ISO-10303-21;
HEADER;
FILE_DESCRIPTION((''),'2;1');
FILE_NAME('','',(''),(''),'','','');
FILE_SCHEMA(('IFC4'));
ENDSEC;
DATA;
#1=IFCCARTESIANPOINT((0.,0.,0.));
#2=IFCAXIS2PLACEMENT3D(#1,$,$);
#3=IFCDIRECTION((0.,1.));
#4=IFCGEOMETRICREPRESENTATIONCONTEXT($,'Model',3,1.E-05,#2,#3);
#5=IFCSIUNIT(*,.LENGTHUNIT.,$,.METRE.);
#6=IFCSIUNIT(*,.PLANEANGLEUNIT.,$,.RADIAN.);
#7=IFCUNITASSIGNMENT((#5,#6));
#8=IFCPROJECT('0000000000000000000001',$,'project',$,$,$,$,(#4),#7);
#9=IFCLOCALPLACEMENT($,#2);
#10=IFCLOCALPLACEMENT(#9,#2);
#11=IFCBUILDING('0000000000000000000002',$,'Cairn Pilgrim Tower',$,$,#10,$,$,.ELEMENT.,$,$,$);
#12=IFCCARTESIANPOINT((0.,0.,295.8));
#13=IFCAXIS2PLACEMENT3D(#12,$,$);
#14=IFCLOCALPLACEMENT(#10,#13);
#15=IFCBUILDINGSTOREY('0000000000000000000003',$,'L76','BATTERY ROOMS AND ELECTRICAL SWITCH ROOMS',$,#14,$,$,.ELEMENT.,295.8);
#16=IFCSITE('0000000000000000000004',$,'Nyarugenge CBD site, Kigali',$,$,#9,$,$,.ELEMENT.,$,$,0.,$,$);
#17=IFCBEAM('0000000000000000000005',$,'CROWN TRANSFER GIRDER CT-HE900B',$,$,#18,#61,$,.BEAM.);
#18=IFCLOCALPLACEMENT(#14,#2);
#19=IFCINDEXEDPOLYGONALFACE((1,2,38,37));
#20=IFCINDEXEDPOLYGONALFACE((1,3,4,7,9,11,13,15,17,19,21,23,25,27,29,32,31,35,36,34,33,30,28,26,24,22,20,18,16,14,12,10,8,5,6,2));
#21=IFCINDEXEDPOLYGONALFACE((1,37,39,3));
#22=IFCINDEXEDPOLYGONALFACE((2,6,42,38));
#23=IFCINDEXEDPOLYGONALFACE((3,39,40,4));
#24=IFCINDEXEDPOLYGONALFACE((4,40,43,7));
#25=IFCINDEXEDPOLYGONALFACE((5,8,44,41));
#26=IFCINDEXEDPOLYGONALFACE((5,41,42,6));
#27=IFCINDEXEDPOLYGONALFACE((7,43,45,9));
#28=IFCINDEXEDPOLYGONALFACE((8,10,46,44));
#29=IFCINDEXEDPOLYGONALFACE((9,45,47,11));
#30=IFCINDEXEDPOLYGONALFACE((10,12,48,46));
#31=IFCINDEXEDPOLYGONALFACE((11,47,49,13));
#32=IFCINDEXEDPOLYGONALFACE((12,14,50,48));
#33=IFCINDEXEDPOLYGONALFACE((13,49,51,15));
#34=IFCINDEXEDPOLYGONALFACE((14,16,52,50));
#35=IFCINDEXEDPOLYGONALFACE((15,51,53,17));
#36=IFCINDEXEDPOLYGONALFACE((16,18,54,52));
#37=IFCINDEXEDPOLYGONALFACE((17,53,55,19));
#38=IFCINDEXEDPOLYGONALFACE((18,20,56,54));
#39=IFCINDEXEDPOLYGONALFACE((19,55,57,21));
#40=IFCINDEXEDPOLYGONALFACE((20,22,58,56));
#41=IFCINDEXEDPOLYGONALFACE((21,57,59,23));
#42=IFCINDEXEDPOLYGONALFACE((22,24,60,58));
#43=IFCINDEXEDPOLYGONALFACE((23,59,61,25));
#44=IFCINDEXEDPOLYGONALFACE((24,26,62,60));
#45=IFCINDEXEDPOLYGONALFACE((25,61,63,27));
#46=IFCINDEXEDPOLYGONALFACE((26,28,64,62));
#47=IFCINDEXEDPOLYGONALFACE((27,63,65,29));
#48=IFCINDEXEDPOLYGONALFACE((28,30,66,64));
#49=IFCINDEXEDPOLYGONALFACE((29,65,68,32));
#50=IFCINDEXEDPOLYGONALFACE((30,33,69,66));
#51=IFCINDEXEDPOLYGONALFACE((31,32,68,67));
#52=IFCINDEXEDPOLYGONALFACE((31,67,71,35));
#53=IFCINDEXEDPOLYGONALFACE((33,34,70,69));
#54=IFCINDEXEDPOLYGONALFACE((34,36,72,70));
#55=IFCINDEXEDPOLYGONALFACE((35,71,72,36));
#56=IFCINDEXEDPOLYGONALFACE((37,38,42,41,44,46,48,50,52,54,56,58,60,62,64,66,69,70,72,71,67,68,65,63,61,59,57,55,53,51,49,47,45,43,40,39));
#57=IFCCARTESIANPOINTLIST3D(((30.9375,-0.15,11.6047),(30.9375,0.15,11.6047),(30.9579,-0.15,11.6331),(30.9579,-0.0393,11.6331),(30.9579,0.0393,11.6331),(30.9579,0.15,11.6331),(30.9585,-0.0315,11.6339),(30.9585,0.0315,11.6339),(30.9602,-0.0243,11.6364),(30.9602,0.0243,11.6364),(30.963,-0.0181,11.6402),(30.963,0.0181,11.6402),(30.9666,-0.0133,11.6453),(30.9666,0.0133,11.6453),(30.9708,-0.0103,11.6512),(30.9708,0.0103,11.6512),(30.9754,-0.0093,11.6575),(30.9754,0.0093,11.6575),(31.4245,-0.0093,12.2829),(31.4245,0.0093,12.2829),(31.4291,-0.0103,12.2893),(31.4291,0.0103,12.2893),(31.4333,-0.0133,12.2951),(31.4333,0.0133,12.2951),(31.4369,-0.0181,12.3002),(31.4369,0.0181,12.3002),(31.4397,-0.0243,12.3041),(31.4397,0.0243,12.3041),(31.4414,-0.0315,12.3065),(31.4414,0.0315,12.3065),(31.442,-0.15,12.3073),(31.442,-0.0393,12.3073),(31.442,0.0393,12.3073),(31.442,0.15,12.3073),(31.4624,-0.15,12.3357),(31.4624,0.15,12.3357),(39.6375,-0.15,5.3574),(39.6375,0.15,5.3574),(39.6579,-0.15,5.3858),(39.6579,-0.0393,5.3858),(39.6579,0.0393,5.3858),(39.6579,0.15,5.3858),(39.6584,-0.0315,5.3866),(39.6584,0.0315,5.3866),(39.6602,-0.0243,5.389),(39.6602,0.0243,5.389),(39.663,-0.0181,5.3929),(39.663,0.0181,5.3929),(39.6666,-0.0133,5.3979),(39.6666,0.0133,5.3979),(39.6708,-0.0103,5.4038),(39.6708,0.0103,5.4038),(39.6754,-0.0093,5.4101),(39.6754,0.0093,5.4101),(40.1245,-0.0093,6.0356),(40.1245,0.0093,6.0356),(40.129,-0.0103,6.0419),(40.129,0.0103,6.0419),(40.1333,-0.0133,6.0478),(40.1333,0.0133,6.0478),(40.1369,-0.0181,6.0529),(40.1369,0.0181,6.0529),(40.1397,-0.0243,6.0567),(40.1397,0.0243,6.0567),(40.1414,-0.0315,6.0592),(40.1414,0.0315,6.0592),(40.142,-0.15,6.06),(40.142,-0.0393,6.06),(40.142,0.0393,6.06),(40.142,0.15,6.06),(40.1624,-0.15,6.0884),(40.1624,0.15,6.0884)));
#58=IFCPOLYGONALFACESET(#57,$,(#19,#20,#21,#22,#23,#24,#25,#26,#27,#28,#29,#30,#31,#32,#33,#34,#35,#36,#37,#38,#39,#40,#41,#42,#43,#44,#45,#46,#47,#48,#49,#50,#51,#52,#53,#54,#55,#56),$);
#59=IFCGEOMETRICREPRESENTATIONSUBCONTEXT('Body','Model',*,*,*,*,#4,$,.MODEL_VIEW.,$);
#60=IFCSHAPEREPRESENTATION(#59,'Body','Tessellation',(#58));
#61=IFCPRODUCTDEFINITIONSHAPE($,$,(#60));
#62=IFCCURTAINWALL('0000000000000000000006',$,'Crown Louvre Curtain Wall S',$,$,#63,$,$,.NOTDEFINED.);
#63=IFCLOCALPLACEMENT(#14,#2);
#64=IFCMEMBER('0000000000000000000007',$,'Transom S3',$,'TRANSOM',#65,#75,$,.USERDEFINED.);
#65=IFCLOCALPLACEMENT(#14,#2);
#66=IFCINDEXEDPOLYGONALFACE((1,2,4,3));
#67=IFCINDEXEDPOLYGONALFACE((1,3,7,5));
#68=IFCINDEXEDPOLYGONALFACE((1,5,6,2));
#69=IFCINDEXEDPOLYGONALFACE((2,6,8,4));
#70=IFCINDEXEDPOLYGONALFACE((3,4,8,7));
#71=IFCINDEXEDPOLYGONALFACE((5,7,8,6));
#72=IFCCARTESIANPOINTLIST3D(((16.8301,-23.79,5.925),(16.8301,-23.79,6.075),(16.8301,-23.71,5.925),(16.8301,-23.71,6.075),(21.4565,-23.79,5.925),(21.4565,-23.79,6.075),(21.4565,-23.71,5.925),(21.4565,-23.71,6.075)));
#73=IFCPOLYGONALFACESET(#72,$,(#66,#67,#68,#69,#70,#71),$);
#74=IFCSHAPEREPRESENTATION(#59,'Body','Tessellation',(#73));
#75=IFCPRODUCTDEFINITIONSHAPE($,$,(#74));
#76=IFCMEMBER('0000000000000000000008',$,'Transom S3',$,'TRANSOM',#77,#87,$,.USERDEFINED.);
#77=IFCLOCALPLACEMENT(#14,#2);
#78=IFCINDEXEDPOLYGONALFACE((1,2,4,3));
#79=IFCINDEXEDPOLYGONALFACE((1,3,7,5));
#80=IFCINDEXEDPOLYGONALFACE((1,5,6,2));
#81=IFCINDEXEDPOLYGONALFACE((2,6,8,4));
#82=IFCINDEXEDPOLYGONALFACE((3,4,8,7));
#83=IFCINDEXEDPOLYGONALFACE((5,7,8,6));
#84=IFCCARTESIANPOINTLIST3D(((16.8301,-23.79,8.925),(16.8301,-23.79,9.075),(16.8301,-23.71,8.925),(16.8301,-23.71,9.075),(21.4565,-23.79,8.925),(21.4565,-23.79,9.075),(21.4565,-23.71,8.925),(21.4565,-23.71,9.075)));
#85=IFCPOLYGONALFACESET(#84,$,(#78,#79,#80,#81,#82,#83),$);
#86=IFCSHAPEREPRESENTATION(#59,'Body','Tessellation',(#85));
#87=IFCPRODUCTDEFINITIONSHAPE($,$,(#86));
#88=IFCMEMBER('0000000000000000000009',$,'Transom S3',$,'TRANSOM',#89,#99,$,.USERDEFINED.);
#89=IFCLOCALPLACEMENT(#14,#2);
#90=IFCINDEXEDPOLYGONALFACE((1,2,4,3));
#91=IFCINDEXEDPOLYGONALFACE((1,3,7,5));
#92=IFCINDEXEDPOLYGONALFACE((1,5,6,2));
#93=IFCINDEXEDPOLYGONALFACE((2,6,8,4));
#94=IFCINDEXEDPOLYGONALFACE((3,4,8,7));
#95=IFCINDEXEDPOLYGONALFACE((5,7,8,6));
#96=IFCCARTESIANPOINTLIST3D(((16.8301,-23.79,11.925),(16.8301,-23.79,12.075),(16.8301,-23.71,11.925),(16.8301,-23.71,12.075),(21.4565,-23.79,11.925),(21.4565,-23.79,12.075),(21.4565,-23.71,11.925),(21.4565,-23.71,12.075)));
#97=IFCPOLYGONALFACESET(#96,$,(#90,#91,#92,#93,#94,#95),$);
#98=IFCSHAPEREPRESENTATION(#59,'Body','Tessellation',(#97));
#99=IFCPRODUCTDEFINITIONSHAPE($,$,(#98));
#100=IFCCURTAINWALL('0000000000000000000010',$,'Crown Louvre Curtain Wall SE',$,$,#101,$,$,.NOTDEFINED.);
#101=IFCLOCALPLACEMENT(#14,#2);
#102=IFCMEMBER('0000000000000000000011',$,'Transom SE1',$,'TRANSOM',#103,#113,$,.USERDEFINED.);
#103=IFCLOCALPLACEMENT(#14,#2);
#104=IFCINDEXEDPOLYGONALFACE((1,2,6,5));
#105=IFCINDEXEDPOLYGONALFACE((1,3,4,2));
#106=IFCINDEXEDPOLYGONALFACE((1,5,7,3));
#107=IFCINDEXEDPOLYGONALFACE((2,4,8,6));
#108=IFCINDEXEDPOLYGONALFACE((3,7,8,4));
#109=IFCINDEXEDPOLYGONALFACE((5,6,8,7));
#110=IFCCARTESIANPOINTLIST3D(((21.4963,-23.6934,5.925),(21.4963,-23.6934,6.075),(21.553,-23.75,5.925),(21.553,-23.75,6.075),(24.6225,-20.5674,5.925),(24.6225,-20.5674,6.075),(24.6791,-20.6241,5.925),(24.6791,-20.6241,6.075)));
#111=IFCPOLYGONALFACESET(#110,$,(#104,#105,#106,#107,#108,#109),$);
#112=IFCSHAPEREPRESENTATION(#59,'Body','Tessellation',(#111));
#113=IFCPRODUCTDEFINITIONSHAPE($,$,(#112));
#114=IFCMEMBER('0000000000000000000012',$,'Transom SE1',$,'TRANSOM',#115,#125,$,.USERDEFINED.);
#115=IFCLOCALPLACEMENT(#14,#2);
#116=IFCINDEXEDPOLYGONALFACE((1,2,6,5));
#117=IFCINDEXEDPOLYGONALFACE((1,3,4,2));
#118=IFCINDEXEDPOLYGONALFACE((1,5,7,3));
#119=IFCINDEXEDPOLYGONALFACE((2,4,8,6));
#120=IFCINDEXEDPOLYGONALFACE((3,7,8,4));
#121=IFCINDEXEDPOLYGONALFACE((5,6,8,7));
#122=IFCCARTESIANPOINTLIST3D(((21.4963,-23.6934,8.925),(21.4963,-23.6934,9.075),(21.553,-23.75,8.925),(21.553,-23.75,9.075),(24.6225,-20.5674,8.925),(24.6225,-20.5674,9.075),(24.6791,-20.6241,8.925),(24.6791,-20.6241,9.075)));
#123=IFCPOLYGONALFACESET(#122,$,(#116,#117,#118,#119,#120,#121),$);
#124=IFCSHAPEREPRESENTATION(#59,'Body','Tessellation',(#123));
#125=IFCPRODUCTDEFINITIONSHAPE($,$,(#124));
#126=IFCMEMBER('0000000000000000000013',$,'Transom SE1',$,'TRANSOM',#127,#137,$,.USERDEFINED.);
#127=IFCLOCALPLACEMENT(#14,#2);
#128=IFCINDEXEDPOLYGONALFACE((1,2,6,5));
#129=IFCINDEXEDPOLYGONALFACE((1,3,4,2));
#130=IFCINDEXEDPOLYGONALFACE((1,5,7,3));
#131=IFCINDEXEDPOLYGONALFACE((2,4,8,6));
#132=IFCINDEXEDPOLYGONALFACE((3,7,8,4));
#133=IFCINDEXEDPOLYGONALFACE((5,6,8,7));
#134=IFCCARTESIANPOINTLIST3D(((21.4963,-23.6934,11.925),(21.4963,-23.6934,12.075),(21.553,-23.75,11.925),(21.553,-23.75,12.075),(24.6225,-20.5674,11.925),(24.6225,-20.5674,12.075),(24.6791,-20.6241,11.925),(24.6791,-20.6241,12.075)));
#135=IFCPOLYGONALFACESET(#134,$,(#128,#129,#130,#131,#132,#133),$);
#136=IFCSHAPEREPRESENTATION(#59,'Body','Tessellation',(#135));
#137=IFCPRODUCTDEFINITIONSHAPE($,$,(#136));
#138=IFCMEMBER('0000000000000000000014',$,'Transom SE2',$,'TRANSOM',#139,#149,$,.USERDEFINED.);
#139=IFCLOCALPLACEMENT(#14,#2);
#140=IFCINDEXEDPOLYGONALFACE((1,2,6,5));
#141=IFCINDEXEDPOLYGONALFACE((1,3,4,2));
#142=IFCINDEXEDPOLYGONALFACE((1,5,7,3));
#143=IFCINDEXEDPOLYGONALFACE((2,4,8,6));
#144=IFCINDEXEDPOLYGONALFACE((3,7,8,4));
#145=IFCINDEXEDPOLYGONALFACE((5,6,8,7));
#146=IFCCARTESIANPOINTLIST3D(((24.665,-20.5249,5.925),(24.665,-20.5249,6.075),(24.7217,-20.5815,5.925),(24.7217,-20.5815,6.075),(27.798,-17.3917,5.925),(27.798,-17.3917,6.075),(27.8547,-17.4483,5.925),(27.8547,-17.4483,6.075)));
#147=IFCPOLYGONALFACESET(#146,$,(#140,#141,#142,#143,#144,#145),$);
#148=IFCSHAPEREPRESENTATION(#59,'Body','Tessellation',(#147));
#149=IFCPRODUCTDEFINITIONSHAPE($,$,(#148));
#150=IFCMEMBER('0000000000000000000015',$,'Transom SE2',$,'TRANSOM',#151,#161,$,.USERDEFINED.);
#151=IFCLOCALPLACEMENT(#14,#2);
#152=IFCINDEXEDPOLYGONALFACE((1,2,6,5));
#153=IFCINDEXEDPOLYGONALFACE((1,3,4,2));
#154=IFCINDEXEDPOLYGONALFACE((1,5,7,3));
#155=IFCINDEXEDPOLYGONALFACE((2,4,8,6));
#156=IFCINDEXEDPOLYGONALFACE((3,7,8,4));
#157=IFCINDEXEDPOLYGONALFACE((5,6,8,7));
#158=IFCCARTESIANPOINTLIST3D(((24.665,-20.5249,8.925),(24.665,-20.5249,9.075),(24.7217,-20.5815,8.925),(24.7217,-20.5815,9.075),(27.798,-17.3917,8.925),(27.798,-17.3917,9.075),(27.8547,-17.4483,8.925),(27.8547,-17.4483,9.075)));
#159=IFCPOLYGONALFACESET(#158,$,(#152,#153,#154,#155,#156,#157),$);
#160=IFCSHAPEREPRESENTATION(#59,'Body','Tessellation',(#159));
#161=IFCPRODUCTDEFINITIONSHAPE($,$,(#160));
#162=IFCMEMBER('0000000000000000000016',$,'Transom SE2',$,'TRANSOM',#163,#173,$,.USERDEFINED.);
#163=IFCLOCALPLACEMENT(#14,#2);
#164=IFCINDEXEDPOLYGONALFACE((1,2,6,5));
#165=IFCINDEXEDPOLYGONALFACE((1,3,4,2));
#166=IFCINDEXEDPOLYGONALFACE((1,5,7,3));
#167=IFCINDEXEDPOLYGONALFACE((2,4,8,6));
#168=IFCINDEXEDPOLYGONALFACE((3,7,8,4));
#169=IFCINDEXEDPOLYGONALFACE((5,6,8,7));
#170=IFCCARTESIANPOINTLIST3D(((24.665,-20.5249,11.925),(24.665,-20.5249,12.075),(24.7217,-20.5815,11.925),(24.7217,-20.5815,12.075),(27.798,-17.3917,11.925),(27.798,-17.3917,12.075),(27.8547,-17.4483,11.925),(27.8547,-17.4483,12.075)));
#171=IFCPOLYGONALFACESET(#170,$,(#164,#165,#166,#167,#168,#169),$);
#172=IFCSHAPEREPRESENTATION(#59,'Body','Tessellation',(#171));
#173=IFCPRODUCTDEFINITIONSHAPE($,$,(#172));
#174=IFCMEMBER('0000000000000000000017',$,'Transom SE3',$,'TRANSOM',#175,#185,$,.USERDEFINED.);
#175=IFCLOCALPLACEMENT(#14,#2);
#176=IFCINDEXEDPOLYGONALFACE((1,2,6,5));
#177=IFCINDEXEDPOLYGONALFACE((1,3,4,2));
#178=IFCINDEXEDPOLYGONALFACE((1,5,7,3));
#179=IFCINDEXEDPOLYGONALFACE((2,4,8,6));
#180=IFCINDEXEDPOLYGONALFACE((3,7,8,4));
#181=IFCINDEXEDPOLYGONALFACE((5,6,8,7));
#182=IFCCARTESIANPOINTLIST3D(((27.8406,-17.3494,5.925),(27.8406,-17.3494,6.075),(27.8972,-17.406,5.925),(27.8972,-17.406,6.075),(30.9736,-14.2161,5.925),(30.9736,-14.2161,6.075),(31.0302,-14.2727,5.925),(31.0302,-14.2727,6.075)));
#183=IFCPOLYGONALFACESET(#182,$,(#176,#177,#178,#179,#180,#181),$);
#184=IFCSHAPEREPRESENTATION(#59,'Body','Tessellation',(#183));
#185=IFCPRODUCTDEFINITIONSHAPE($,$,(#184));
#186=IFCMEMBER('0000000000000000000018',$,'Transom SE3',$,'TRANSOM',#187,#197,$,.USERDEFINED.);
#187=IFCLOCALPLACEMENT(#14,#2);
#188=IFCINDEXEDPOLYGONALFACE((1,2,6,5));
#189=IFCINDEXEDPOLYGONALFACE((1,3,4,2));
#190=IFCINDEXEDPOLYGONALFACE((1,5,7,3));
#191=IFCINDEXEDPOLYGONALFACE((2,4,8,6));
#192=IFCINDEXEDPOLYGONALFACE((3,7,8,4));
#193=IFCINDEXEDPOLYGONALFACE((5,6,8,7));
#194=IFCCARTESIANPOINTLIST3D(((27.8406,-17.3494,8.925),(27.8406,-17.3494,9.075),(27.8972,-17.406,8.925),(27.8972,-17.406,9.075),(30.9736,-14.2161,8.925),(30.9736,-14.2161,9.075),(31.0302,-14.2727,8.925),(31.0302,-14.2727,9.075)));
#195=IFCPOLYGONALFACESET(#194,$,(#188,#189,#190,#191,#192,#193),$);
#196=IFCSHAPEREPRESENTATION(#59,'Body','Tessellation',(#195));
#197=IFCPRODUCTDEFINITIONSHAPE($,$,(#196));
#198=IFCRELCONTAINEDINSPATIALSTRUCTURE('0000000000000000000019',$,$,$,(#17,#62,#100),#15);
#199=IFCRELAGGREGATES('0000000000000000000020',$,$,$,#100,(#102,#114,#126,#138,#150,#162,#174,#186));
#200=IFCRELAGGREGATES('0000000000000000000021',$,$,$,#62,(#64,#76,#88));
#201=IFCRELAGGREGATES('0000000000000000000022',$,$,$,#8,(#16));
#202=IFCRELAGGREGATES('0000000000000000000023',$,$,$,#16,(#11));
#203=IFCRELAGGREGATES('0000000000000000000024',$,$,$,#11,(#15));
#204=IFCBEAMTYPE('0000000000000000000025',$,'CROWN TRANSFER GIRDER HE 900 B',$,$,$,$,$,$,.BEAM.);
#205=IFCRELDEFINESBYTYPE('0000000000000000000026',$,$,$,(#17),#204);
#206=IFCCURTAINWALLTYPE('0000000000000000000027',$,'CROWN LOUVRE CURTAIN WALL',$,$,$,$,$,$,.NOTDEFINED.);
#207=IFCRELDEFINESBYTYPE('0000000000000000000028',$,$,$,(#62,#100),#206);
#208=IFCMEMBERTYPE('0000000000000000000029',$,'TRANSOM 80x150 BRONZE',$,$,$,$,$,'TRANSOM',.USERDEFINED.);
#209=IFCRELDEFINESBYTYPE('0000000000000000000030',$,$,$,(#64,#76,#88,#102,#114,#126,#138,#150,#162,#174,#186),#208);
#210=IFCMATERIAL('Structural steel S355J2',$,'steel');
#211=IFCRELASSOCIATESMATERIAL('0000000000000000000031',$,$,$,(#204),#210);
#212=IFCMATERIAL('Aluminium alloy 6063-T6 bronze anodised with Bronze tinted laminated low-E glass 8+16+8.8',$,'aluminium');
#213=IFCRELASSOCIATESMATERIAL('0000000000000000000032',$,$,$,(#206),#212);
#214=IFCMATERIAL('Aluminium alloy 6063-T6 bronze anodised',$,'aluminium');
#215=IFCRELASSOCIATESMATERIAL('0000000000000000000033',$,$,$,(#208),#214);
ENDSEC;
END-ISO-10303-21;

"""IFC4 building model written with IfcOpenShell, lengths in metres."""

from ifc_helpers import new_model, si_unit, direction, frame, origin, origin_2d, place, context, subcontext, project, spatial, rectangle, i_section, extrude, material, material_profile, profile_set, type_object, element, aggregate, save


model = new_model("IFC4")

# Units and contexts
model_context = context("Model", 3, precision=1e-05, world=origin(), true_north=direction((0.0, 1.0)))
body_context = subcontext(model_context, "Body", "Model", "MODEL_VIEW")
ifc_project = project(units=[si_unit("LENGTHUNIT", "METRE"), si_unit("PLANEANGLEUNIT", "RADIAN")], contexts=[model_context])

# Site, building, storey
site_placement = place(None, origin())
site = spatial("IfcSite", under=ifc_project, at=site_placement, Name="Nyarugenge CBD site, Kigali", CompositionType="ELEMENT", RefElevation=0.0)
building_placement = place(site_placement, origin())
building = spatial("IfcBuilding", under=site, at=building_placement, Name="Cairn Pilgrim Tower", CompositionType="ELEMENT")
storey_placement = place(building_placement, frame((0.0, 0.0, 295.8)))
storey = spatial("IfcBuildingStorey", under=building, at=storey_placement, Name="L76", Description="BATTERY ROOMS AND ELECTRICAL SWITCH ROOMS", CompositionType="ELEMENT", Elevation=295.8)

# Beam
ifc_material_1 = material(Name="Structural steel S355J2", Category="steel")
ifc_material_profile_1 = material_profile(ifc_material_1, i_section(OverallWidth=0.3, OverallDepth=0.8999, WebThickness=0.0186, FlangeThickness=0.0349, FilletRadius=0.03, at=origin_2d()), Name="HEB 900")
ifc_profile_set_1 = profile_set([ifc_material_profile_1], Name="Structural steel S355J2")
beam_type_1 = type_object("IfcBeamType", Name="CROWN TRANSFER GIRDER HE 900 B", PredefinedType="BEAM", material=ifc_profile_set_1)
beam_1_placement = place(storey_placement, frame((31.2, 0.0, 11.9702), z_axis=(0.812271, 0.0, -0.58328), x_axis=(0.0, 1.0, 0.0)))
element("IfcBeam", 1, at=beam_1_placement, inside=storey, type_object=beam_type_1, Name="CROWN TRANSFER GIRDER CT-HE900B", PredefinedType="BEAM", context=body_context, shape_type="SweptSolid", body=[
    extrude(i_section(OverallWidth=0.3, OverallDepth=0.8999, WebThickness=0.0186, FlangeThickness=0.0349, FilletRadius=0.03, at=origin_2d()), origin(), (0.0, 0.0, 1.0), 10.7107),
])

# Curtain walls, members
ifc_material_2 = material(Name="Aluminium alloy 6063-T6 bronze anodised with Bronze tinted laminated low-E glass 8+16+8.8", Category="aluminium")
curtain_wall_type = type_object("IfcCurtainWallType", Name="CROWN LOUVRE CURTAIN WALL", PredefinedType="NOTDEFINED", material=ifc_material_2)
curtain_wall_1_placement = place(storey_placement, origin())
curtain_wall_1 = element("IfcCurtainWall", 2, at=curtain_wall_1_placement, inside=storey, type_object=curtain_wall_type, Name="Crown Louvre Curtain Wall S", PredefinedType="NOTDEFINED")
ifc_material_3 = material(Name="Aluminium alloy 6063-T6 bronze anodised", Category="aluminium")
ifc_material_profile_2 = material_profile(ifc_material_3, rectangle(XDim=0.0801, YDim=0.1499, at=origin_2d()), Name="TRANSOM 80x150 BRONZE")
ifc_profile_set_2 = profile_set([ifc_material_profile_2], Name="Aluminium alloy 6063-T6 bronze anodised")
member_type = type_object("IfcMemberType", Name="TRANSOM 80x150 BRONZE", ElementType="TRANSOM", PredefinedType="USERDEFINED", material=ifc_profile_set_2)
member_1_placement = place(storey_placement, frame((16.8301, -23.75, 6.0), z_axis=(1.0, 0.0, 0.0), x_axis=(0.0, 1.0, 0.0)))
member_1 = element("IfcMember", 3, at=member_1_placement, type_object=member_type, Name="Transom S3", ObjectType="TRANSOM", PredefinedType="USERDEFINED", context=body_context, shape_type="SweptSolid", body=[
    extrude(rectangle(XDim=0.0801, YDim=0.1499, at=origin_2d()), origin(), (0.0, 0.0, 1.0), 4.6265),
])
member_2_placement = place(storey_placement, frame((16.8301, -23.75, 9.0), z_axis=(1.0, 0.0, 0.0), x_axis=(0.0, 1.0, 0.0)))
member_2 = element("IfcMember", 4, at=member_2_placement, type_object=member_type, Name="Transom S3", ObjectType="TRANSOM", PredefinedType="USERDEFINED", context=body_context, shape_type="SweptSolid", body=[
    extrude(rectangle(XDim=0.0801, YDim=0.1499, at=origin_2d()), origin(), (0.0, 0.0, 1.0), 4.6265),
])
member_3_placement = place(storey_placement, frame((16.8301, -23.75, 12.0), z_axis=(1.0, 0.0, 0.0), x_axis=(0.0, 1.0, 0.0)))
member_3 = element("IfcMember", 5, at=member_3_placement, type_object=member_type, Name="Transom S3", ObjectType="TRANSOM", PredefinedType="USERDEFINED", context=body_context, shape_type="SweptSolid", body=[
    extrude(rectangle(XDim=0.0801, YDim=0.1499, at=origin_2d()), origin(), (0.0, 0.0, 1.0), 4.6265),
])
curtain_wall_2_placement = place(storey_placement, origin())
curtain_wall_2 = element("IfcCurtainWall", 6, at=curtain_wall_2_placement, inside=storey, type_object=curtain_wall_type, Name="Crown Louvre Curtain Wall SE", PredefinedType="NOTDEFINED")
member_4_placement = place(storey_placement, frame((21.5247, -23.7217, 6.0), z_axis=(0.707134, 0.707079, 0.0), x_axis=(-0.707079, 0.707134, 0.0)))
member_4 = element("IfcMember", 7, at=member_4_placement, type_object=member_type, Name="Transom SE1", ObjectType="TRANSOM", PredefinedType="USERDEFINED", context=body_context, shape_type="SweptSolid", body=[
    extrude(rectangle(XDim=0.0801, YDim=0.1499, at=origin_2d()), origin(), (0.0, 0.0, 1.0), 4.4209),
])
member_5_placement = place(storey_placement, frame((21.5247, -23.7217, 9.0), z_axis=(0.707134, 0.707079, 0.0), x_axis=(-0.707079, 0.707134, 0.0)))
member_5 = element("IfcMember", 8, at=member_5_placement, type_object=member_type, Name="Transom SE1", ObjectType="TRANSOM", PredefinedType="USERDEFINED", context=body_context, shape_type="SweptSolid", body=[
    extrude(rectangle(XDim=0.0801, YDim=0.1499, at=origin_2d()), origin(), (0.0, 0.0, 1.0), 4.4209),
])
member_6_placement = place(storey_placement, frame((21.5247, -23.7217, 12.0), z_axis=(0.707134, 0.707079, 0.0), x_axis=(-0.707079, 0.707134, 0.0)))
member_6 = element("IfcMember", 9, at=member_6_placement, type_object=member_type, Name="Transom SE1", ObjectType="TRANSOM", PredefinedType="USERDEFINED", context=body_context, shape_type="SweptSolid", body=[
    extrude(rectangle(XDim=0.0801, YDim=0.1499, at=origin_2d()), origin(), (0.0, 0.0, 1.0), 4.4209),
])
member_7_placement = place(storey_placement, frame((24.6934, -20.5532, 6.0), z_axis=(0.707079, 0.707134, 0.0), x_axis=(-0.707134, 0.707079, 0.0)))
member_7 = element("IfcMember", 10, at=member_7_placement, type_object=member_type, Name="Transom SE2", ObjectType="TRANSOM", PredefinedType="USERDEFINED", context=body_context, shape_type="SweptSolid", body=[
    extrude(rectangle(XDim=0.0801, YDim=0.1499, at=origin_2d()), origin(), (0.0, 0.0, 1.0), 4.4309),
])
member_8_placement = place(storey_placement, frame((24.6934, -20.5532, 9.0), z_axis=(0.707079, 0.707134, 0.0), x_axis=(-0.707134, 0.707079, 0.0)))
member_8 = element("IfcMember", 11, at=member_8_placement, type_object=member_type, Name="Transom SE2", ObjectType="TRANSOM", PredefinedType="USERDEFINED", context=body_context, shape_type="SweptSolid", body=[
    extrude(rectangle(XDim=0.0801, YDim=0.1499, at=origin_2d()), origin(), (0.0, 0.0, 1.0), 4.4309),
])
member_9_placement = place(storey_placement, frame((24.6934, -20.5532, 12.0), z_axis=(0.707079, 0.707134, 0.0), x_axis=(-0.707134, 0.707079, 0.0)))
member_9 = element("IfcMember", 12, at=member_9_placement, type_object=member_type, Name="Transom SE2", ObjectType="TRANSOM", PredefinedType="USERDEFINED", context=body_context, shape_type="SweptSolid", body=[
    extrude(rectangle(XDim=0.0801, YDim=0.1499, at=origin_2d()), origin(), (0.0, 0.0, 1.0), 4.4309),
])
member_10_placement = place(storey_placement, frame((27.8689, -17.3777, 6.0), z_axis=(0.707079, 0.707134, 0.0), x_axis=(-0.707134, 0.707079, 0.0)))
member_10 = element("IfcMember", 13, at=member_10_placement, type_object=member_type, Name="Transom SE3", ObjectType="TRANSOM", PredefinedType="USERDEFINED", context=body_context, shape_type="SweptSolid", body=[
    extrude(rectangle(XDim=0.0801, YDim=0.1499, at=origin_2d()), origin(), (0.0, 0.0, 1.0), 4.4309),
])
member_11_placement = place(storey_placement, frame((27.8689, -17.3777, 9.0), z_axis=(0.707079, 0.707134, 0.0), x_axis=(-0.707134, 0.707079, 0.0)))
member_11 = element("IfcMember", 14, at=member_11_placement, type_object=member_type, Name="Transom SE3", ObjectType="TRANSOM", PredefinedType="USERDEFINED", context=body_context, shape_type="SweptSolid", body=[
    extrude(rectangle(XDim=0.0801, YDim=0.1499, at=origin_2d()), origin(), (0.0, 0.0, 1.0), 4.4309),
])

aggregate(curtain_wall_2, [member_4, member_5, member_6, member_7, member_8, member_9, member_10, member_11])
aggregate(curtain_wall_1, [member_1, member_2, member_3])

save(model, "model.ifc")
